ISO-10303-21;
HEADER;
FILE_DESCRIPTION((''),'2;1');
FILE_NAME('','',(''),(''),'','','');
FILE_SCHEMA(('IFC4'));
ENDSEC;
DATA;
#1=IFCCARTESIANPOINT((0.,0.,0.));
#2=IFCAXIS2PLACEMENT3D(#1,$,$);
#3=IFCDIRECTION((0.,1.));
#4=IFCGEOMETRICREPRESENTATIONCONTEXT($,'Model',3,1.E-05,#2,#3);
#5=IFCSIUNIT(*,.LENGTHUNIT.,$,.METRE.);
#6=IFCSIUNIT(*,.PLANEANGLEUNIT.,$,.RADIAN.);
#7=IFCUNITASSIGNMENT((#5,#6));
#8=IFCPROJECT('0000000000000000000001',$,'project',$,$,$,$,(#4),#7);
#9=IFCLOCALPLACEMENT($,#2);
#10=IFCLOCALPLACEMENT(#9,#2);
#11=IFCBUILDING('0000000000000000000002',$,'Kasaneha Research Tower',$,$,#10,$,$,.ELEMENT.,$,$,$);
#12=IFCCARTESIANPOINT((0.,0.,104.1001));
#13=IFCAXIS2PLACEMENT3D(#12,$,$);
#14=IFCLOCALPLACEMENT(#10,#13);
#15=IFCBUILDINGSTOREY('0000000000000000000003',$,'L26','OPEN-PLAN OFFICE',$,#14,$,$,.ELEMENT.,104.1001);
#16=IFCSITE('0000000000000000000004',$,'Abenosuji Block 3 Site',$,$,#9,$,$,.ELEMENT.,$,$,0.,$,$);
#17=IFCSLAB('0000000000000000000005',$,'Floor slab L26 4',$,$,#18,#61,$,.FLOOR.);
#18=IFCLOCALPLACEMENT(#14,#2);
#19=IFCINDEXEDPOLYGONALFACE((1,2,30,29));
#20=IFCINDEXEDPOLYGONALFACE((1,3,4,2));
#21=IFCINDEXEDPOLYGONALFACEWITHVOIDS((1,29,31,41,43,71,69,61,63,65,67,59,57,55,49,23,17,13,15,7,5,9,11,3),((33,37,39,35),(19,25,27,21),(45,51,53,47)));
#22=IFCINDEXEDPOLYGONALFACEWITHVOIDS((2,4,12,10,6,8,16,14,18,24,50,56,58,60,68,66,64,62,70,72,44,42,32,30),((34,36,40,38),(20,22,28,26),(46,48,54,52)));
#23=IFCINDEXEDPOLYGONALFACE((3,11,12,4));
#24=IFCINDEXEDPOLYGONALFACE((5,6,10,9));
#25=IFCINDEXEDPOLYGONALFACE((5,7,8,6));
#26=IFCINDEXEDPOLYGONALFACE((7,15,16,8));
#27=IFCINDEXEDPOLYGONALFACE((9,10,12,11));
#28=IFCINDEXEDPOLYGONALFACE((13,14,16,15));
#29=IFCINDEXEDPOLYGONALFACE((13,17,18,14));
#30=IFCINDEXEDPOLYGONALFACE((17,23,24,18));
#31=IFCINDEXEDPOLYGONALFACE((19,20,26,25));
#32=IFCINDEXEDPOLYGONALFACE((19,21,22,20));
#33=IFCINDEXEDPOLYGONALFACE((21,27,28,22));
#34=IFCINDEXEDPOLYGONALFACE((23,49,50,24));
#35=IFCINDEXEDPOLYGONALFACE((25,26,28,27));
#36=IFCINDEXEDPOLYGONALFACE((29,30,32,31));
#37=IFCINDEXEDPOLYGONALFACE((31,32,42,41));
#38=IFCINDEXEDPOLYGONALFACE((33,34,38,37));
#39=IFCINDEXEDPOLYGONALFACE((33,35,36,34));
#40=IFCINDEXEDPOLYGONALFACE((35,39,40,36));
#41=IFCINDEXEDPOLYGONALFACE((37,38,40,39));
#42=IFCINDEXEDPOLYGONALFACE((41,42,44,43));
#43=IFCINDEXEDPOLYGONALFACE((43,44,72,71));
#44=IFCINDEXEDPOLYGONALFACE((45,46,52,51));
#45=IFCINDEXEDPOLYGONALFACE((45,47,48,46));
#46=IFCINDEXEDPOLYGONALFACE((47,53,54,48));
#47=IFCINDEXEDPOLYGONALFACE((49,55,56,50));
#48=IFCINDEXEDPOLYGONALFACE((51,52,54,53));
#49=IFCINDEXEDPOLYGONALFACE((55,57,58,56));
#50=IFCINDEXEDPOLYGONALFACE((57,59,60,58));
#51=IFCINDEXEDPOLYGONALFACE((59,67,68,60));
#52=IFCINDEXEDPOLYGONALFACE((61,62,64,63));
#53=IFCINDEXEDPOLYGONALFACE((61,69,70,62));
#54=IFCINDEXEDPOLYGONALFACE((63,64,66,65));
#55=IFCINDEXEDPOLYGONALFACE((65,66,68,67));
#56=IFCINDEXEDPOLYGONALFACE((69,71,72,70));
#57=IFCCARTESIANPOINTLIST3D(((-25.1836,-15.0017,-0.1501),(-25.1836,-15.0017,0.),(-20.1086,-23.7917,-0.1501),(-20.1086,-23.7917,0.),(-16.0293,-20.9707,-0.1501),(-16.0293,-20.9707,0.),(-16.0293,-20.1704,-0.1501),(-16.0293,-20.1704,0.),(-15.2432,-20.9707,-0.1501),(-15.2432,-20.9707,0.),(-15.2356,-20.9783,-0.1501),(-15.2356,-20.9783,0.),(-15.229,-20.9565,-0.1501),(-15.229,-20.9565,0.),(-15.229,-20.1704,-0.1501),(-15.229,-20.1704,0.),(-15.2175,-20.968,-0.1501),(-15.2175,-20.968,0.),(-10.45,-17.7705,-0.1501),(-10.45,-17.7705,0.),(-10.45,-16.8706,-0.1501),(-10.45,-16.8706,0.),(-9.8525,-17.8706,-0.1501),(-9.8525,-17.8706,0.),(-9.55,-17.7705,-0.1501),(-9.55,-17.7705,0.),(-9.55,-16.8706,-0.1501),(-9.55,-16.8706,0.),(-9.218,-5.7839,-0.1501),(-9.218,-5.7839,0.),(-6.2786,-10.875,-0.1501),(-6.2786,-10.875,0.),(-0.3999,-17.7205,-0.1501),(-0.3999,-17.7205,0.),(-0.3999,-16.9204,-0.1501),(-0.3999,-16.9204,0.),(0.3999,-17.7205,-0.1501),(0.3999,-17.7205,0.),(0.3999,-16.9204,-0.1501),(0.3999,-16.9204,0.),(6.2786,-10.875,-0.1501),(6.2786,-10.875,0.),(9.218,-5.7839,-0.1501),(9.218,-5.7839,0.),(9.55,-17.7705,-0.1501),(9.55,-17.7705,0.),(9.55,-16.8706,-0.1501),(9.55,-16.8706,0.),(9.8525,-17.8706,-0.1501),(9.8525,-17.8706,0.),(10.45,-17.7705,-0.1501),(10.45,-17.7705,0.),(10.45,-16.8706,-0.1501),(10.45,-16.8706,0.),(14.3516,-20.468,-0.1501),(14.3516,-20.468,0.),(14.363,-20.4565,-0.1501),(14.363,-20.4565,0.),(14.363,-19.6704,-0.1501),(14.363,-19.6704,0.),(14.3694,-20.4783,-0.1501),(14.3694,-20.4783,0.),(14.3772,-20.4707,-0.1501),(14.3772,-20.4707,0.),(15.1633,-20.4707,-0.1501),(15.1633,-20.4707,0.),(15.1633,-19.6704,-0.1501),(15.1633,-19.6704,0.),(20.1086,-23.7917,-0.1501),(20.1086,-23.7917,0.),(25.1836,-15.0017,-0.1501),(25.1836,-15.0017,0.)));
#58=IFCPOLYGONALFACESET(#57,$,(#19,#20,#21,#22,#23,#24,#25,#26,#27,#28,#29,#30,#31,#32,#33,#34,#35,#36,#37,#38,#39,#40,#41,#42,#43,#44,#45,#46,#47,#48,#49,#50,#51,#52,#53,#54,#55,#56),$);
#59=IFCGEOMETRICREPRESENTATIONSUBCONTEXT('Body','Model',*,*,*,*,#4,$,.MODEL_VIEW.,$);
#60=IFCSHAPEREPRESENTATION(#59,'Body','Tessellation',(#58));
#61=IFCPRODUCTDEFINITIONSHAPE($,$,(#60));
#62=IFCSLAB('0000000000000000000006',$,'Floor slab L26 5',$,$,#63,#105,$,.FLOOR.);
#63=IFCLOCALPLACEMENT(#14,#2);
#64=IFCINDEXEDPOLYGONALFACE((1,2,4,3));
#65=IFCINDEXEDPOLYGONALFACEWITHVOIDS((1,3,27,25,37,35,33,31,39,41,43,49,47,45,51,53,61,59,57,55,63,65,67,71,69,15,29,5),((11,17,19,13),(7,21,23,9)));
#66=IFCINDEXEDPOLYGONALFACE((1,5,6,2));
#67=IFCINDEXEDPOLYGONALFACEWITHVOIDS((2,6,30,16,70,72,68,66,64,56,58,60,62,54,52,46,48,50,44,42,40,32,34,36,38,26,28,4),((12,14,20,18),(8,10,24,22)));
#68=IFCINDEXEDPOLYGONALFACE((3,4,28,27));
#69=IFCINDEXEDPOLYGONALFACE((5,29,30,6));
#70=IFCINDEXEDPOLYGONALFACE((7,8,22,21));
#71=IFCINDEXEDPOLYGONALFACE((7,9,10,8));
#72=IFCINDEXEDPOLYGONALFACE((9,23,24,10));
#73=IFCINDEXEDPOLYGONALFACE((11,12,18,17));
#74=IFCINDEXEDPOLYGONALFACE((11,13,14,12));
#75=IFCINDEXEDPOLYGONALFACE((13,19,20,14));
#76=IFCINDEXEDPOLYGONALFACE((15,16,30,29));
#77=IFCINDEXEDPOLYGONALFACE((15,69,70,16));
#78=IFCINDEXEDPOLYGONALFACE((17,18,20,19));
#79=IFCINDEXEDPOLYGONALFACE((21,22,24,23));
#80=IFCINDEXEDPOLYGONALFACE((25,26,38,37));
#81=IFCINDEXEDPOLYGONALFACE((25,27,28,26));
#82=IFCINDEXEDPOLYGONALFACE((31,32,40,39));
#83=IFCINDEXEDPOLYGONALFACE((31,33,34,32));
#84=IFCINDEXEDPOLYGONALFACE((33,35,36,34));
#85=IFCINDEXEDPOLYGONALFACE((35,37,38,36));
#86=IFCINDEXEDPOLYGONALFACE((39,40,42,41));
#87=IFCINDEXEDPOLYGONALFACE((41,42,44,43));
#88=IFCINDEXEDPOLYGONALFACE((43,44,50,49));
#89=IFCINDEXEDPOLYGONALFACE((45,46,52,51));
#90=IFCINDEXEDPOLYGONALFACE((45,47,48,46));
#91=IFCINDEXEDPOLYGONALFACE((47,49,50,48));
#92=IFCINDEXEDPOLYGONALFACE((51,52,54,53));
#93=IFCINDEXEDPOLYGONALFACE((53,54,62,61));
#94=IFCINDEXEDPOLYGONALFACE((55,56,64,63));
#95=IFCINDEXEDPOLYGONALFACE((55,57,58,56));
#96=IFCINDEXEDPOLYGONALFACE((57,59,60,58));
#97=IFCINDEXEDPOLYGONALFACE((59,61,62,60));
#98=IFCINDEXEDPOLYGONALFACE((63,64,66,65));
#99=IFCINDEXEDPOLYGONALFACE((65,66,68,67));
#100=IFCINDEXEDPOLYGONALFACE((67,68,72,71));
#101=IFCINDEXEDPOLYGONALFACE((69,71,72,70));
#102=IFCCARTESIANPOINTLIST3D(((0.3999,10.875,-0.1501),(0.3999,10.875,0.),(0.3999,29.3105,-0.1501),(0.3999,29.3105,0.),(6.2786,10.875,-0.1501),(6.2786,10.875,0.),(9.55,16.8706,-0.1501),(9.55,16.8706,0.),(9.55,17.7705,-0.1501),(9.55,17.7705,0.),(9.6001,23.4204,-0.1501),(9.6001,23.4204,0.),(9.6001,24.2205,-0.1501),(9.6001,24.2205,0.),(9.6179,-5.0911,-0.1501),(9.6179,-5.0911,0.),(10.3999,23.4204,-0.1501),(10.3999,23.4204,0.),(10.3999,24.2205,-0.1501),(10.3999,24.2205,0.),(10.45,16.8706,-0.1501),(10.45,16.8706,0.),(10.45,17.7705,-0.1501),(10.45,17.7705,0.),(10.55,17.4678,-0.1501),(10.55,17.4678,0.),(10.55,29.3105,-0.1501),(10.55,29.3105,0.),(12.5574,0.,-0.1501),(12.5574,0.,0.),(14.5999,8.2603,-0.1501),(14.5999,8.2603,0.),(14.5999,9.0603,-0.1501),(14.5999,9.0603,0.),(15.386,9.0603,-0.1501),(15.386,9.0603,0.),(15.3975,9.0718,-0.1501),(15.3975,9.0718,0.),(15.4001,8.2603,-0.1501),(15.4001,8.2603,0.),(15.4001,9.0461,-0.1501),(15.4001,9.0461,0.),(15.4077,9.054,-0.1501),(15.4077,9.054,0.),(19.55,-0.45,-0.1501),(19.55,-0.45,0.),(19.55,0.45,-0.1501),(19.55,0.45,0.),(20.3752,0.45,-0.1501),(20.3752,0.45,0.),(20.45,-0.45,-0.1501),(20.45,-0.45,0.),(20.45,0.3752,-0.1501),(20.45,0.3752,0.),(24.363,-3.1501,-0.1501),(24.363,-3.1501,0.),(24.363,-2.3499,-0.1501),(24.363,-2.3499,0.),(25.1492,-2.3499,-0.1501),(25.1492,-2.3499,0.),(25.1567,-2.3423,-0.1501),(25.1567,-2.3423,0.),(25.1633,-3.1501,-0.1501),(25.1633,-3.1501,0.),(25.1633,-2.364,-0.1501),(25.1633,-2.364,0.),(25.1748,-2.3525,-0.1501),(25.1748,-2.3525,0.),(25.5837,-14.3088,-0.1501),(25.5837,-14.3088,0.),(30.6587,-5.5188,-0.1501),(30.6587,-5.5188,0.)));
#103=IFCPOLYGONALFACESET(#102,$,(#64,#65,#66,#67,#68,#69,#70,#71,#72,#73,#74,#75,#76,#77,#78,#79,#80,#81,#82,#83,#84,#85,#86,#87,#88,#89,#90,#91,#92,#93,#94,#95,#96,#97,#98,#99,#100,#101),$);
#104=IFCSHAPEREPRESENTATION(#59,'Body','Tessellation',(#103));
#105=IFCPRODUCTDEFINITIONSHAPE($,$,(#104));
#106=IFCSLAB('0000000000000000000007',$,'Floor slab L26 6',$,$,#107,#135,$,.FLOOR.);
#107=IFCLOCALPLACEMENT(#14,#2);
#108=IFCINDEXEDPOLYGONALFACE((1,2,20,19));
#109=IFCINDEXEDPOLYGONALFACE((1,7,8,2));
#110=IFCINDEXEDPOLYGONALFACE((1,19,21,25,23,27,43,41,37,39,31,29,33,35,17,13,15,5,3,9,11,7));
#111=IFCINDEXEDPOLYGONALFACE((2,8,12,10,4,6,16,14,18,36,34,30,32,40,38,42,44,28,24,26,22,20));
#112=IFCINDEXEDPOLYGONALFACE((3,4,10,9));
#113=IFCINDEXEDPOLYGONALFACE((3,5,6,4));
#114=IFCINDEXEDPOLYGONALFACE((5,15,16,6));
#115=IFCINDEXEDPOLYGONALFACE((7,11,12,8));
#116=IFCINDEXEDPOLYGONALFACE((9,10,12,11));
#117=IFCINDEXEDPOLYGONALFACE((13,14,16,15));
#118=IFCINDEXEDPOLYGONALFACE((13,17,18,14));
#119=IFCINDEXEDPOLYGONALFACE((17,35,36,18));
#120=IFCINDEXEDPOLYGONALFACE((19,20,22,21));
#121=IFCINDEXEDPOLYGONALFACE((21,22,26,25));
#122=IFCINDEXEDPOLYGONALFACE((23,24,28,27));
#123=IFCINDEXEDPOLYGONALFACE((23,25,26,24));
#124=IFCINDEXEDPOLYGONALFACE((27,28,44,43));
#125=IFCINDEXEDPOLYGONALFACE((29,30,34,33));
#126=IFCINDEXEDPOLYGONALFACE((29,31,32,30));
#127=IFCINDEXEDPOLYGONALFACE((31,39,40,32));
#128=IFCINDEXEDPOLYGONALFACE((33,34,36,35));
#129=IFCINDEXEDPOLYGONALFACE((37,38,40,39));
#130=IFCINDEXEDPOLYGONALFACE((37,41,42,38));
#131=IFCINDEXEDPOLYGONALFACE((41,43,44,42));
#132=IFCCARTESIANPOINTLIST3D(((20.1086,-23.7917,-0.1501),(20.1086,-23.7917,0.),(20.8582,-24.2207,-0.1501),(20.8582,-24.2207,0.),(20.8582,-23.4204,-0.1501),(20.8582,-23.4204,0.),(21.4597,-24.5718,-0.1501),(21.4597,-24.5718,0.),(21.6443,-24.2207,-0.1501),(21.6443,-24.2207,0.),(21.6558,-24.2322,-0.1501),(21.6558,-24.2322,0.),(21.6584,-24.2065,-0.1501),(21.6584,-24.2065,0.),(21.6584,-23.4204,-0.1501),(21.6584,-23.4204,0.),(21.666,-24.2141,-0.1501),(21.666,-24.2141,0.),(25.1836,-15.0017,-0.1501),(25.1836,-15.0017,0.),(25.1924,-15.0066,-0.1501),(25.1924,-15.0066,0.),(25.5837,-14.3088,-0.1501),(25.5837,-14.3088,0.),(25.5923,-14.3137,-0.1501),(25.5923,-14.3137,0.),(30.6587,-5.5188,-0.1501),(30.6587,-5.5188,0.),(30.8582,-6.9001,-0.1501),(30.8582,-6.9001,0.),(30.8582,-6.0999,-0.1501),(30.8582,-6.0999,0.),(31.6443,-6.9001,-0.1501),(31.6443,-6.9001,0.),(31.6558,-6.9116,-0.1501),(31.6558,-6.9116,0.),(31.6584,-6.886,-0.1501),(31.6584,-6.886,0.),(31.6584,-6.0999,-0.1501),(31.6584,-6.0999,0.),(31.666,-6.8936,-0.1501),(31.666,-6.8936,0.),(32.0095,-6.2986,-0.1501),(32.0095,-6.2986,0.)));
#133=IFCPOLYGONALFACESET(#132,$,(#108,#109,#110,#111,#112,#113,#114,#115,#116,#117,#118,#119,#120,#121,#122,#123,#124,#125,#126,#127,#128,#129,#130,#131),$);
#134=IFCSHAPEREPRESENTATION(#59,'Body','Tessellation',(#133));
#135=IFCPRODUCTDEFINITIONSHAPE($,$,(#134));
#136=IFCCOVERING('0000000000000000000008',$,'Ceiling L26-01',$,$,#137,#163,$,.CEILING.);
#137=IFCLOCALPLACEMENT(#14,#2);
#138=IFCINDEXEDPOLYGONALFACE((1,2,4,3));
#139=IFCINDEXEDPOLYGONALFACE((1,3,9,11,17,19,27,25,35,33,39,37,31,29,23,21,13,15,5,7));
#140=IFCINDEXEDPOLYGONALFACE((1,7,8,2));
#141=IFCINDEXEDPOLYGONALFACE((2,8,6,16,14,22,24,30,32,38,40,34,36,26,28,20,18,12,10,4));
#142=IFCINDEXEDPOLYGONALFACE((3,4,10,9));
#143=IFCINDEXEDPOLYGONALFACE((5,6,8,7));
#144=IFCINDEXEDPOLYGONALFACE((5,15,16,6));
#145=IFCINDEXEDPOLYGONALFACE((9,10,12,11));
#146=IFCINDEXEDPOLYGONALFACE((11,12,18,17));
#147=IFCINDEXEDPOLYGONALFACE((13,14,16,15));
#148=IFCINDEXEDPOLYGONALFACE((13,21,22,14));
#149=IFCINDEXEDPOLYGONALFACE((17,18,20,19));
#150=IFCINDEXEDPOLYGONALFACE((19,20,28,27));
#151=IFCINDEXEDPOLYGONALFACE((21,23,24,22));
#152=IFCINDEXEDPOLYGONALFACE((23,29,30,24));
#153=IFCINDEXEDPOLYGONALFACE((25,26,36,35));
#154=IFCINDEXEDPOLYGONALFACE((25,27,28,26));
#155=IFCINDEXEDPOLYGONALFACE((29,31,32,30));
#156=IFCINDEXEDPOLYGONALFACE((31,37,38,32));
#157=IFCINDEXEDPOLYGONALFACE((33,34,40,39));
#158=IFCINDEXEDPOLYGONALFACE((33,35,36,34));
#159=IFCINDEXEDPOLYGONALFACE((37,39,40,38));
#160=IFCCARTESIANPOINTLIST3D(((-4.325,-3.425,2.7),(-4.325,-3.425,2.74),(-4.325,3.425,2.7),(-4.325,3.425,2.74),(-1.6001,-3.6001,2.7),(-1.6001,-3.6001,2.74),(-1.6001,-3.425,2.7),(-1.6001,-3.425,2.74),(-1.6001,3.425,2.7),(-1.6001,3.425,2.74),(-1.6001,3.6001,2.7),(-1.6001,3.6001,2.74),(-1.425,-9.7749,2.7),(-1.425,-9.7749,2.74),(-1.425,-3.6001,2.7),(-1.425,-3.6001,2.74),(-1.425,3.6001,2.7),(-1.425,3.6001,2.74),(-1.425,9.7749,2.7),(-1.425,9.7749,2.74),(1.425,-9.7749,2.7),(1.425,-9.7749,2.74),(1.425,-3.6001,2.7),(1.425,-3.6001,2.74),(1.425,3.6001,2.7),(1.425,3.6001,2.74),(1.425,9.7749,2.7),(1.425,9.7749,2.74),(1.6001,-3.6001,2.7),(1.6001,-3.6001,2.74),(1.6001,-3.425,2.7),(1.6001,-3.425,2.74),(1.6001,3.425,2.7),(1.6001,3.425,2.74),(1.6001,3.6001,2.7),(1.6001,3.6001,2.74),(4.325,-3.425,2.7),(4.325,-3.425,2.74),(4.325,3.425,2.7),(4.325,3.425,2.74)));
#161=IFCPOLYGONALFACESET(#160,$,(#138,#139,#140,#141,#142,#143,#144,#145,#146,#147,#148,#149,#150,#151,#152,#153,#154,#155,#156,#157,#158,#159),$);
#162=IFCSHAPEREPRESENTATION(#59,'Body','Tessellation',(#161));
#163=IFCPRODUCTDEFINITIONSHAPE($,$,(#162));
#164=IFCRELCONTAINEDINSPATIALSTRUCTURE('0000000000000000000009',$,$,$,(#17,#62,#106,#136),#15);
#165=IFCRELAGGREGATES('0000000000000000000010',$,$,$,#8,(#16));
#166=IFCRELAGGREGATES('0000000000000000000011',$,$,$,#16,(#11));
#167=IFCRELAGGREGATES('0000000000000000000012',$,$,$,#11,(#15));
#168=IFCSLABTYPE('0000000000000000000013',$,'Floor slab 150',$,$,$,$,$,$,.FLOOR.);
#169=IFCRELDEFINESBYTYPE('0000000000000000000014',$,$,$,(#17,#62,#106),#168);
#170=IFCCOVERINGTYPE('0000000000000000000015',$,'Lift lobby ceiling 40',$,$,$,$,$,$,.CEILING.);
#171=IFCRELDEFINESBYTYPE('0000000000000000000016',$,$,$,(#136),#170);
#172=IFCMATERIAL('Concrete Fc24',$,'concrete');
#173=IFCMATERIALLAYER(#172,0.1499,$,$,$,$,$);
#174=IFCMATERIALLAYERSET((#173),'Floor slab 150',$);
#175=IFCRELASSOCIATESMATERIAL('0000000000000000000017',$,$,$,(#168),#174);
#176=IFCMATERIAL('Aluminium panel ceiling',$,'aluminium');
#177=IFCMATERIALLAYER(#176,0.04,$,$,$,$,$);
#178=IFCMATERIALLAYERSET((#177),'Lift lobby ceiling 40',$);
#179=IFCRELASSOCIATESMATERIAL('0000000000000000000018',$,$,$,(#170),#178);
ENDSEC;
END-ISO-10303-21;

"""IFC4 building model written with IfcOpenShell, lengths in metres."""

from ifc_helpers import new_model, si_unit, direction, frame, origin, place, context, subcontext, project, spatial, polyline, outline, extrude, material, layer, layer_set, type_object, element, save


model = new_model("IFC4")

# Units and contexts
model_context = context("Model", 3, precision=1e-05, world=origin(), true_north=direction((0.0, 1.0)))
body_context = subcontext(model_context, "Body", "Model", "MODEL_VIEW")
ifc_project = project(units=[si_unit("LENGTHUNIT", "METRE"), si_unit("PLANEANGLEUNIT", "RADIAN")], contexts=[model_context])

# Site, building, storey
site_placement = place(None, origin())
site = spatial("IfcSite", under=ifc_project, at=site_placement, Name="Abenosuji Block 3 Site", CompositionType="ELEMENT", RefElevation=0.0)
building_placement = place(site_placement, origin())
building = spatial("IfcBuilding", under=site, at=building_placement, Name="Kasaneha Research Tower", CompositionType="ELEMENT")
storey_placement = place(building_placement, frame((0.0, 0.0, 104.1001)))
storey = spatial("IfcBuildingStorey", under=building, at=storey_placement, Name="L26", Description="OPEN-PLAN OFFICE", CompositionType="ELEMENT", Elevation=104.1001)

# Slabs
ifc_material_1 = material(Name="Concrete Fc24", Category="concrete")
ifc_layer_1 = layer(ifc_material_1, 0.1499)
ifc_layer_set_1 = layer_set([ifc_layer_1], Name="Floor slab 150")
slab_type_1 = type_object("IfcSlabType", Name="Floor slab 150", PredefinedType="FLOOR", material=ifc_layer_set_1)
slab_1_placement = place(storey_placement, frame((0.0, 0.0, -0.1501)))
element("IfcSlab", 1, at=slab_1_placement, inside=storey, type_object=slab_type_1, Name="Floor slab L26 4", PredefinedType="FLOOR", context=body_context, shape_type="SweptSolid", body=[
    extrude(outline(polyline([(-6.2786, -10.875), (6.2786, -10.875), (9.218, -5.7839), (25.1836, -15.0017), (20.1086, -23.7917), (14.3694, -20.4783), (14.3772, -20.4707), (15.1633, -20.4707), (15.1633, -19.6704), (14.363, -19.6704), (14.363, -20.4565), (14.3516, -20.468), (9.8525, -17.8706), (-9.8525, -17.8706), (-15.2175, -20.968), (-15.229, -20.9565), (-15.229, -20.1704), (-16.0293, -20.1704), (-16.0293, -20.9707), (-15.2432, -20.9707), (-15.2356, -20.9783), (-20.1086, -23.7917), (-25.1836, -15.0017), (-9.218, -5.7839), (-6.2786, -10.875)]), holes=[polyline([(0.3999, -17.7205), (0.3999, -16.9204), (-0.3999, -16.9204), (-0.3999, -17.7205), (0.3999, -17.7205)]), polyline([(-9.55, -16.8706), (-10.45, -16.8706), (-10.45, -17.7705), (-9.55, -17.7705), (-9.55, -16.8706)]), polyline([(10.45, -16.8706), (9.55, -16.8706), (9.55, -17.7705), (10.45, -17.7705), (10.45, -16.8706)])]), origin(), (0.0, 0.0, 1.0), 0.1501),
])
slab_2_placement = place(storey_placement, frame((0.0, 0.0, -0.1501)))
element("IfcSlab", 2, at=slab_2_placement, inside=storey, type_object=slab_type_1, Name="Floor slab L26 5", PredefinedType="FLOOR", context=body_context, shape_type="SweptSolid", body=[
    extrude(outline(polyline([(9.6179, -5.0911), (12.5574, 0.0), (6.2786, 10.875), (0.3999, 10.875), (0.3999, 29.3105), (10.55, 29.3105), (10.55, 17.4678), (15.3975, 9.0718), (15.386, 9.0603), (14.5999, 9.0603), (14.5999, 8.2603), (15.4001, 8.2603), (15.4001, 9.0461), (15.4077, 9.054), (20.3752, 0.45), (19.55, 0.45), (19.55, -0.45), (20.45, -0.45), (20.45, 0.3752), (25.1567, -2.3423), (25.1492, -2.3499), (24.363, -2.3499), (24.363, -3.1501), (25.1633, -3.1501), (25.1633, -2.364), (25.1748, -2.3525), (30.6587, -5.5188), (25.5837, -14.3088), (9.6179, -5.0911)]), holes=[polyline([(10.45, 16.8706), (10.45, 17.7705), (9.55, 17.7705), (9.55, 16.8706), (10.45, 16.8706)]), polyline([(10.3999, 23.4204), (10.3999, 24.2205), (9.6001, 24.2205), (9.6001, 23.4204), (10.3999, 23.4204)])]), origin(), (0.0, 0.0, 1.0), 0.1501),
])
slab_3_placement = place(storey_placement, frame((0.0, 0.0, -0.1501)))
element("IfcSlab", 3, at=slab_3_placement, inside=storey, type_object=slab_type_1, Name="Floor slab L26 6", PredefinedType="FLOOR", context=body_context, shape_type="SweptSolid", body=[
    extrude(outline(polyline([(25.1924, -15.0066), (25.5923, -14.3137), (25.5837, -14.3088), (30.6587, -5.5188), (32.0095, -6.2986), (31.666, -6.8936), (31.6584, -6.886), (31.6584, -6.0999), (30.8582, -6.0999), (30.8582, -6.9001), (31.6443, -6.9001), (31.6558, -6.9116), (21.666, -24.2141), (21.6584, -24.2065), (21.6584, -23.4204), (20.8582, -23.4204), (20.8582, -24.2207), (21.6443, -24.2207), (21.6558, -24.2322), (21.4597, -24.5718), (20.1086, -23.7917), (25.1836, -15.0017), (25.1924, -15.0066)])), origin(), (0.0, 0.0, 1.0), 0.1501),
])

# Covering
ifc_material_2 = material(Name="Aluminium panel ceiling", Category="aluminium")
ifc_layer_2 = layer(ifc_material_2, 0.04)
ifc_layer_set_2 = layer_set([ifc_layer_2], Name="Lift lobby ceiling 40")
covering_type_1 = type_object("IfcCoveringType", Name="Lift lobby ceiling 40", PredefinedType="CEILING", material=ifc_layer_set_2)
covering_1_placement = place(storey_placement, frame((0.0, 0.0, 2.7)))
element("IfcCovering", 4, at=covering_1_placement, inside=storey, type_object=covering_type_1, Name="Ceiling L26-01", PredefinedType="CEILING", context=body_context, shape_type="SweptSolid", body=[
    extrude(outline(polyline([(1.425, 9.7749), (1.425, 3.6001), (1.6001, 3.6001), (1.6001, 3.425), (4.325, 3.425), (4.325, -3.425), (1.6001, -3.425), (1.6001, -3.6001), (1.425, -3.6001), (1.425, -9.7749), (-1.425, -9.7749), (-1.425, -3.6001), (-1.6001, -3.6001), (-1.6001, -3.425), (-4.325, -3.425), (-4.325, 3.425), (-1.6001, 3.425), (-1.6001, 3.6001), (-1.425, 3.6001), (-1.425, 9.7749), (1.425, 9.7749)])), origin(), (0.0, 0.0, 1.0), 0.04),
])

save(model, "model.ifc")
